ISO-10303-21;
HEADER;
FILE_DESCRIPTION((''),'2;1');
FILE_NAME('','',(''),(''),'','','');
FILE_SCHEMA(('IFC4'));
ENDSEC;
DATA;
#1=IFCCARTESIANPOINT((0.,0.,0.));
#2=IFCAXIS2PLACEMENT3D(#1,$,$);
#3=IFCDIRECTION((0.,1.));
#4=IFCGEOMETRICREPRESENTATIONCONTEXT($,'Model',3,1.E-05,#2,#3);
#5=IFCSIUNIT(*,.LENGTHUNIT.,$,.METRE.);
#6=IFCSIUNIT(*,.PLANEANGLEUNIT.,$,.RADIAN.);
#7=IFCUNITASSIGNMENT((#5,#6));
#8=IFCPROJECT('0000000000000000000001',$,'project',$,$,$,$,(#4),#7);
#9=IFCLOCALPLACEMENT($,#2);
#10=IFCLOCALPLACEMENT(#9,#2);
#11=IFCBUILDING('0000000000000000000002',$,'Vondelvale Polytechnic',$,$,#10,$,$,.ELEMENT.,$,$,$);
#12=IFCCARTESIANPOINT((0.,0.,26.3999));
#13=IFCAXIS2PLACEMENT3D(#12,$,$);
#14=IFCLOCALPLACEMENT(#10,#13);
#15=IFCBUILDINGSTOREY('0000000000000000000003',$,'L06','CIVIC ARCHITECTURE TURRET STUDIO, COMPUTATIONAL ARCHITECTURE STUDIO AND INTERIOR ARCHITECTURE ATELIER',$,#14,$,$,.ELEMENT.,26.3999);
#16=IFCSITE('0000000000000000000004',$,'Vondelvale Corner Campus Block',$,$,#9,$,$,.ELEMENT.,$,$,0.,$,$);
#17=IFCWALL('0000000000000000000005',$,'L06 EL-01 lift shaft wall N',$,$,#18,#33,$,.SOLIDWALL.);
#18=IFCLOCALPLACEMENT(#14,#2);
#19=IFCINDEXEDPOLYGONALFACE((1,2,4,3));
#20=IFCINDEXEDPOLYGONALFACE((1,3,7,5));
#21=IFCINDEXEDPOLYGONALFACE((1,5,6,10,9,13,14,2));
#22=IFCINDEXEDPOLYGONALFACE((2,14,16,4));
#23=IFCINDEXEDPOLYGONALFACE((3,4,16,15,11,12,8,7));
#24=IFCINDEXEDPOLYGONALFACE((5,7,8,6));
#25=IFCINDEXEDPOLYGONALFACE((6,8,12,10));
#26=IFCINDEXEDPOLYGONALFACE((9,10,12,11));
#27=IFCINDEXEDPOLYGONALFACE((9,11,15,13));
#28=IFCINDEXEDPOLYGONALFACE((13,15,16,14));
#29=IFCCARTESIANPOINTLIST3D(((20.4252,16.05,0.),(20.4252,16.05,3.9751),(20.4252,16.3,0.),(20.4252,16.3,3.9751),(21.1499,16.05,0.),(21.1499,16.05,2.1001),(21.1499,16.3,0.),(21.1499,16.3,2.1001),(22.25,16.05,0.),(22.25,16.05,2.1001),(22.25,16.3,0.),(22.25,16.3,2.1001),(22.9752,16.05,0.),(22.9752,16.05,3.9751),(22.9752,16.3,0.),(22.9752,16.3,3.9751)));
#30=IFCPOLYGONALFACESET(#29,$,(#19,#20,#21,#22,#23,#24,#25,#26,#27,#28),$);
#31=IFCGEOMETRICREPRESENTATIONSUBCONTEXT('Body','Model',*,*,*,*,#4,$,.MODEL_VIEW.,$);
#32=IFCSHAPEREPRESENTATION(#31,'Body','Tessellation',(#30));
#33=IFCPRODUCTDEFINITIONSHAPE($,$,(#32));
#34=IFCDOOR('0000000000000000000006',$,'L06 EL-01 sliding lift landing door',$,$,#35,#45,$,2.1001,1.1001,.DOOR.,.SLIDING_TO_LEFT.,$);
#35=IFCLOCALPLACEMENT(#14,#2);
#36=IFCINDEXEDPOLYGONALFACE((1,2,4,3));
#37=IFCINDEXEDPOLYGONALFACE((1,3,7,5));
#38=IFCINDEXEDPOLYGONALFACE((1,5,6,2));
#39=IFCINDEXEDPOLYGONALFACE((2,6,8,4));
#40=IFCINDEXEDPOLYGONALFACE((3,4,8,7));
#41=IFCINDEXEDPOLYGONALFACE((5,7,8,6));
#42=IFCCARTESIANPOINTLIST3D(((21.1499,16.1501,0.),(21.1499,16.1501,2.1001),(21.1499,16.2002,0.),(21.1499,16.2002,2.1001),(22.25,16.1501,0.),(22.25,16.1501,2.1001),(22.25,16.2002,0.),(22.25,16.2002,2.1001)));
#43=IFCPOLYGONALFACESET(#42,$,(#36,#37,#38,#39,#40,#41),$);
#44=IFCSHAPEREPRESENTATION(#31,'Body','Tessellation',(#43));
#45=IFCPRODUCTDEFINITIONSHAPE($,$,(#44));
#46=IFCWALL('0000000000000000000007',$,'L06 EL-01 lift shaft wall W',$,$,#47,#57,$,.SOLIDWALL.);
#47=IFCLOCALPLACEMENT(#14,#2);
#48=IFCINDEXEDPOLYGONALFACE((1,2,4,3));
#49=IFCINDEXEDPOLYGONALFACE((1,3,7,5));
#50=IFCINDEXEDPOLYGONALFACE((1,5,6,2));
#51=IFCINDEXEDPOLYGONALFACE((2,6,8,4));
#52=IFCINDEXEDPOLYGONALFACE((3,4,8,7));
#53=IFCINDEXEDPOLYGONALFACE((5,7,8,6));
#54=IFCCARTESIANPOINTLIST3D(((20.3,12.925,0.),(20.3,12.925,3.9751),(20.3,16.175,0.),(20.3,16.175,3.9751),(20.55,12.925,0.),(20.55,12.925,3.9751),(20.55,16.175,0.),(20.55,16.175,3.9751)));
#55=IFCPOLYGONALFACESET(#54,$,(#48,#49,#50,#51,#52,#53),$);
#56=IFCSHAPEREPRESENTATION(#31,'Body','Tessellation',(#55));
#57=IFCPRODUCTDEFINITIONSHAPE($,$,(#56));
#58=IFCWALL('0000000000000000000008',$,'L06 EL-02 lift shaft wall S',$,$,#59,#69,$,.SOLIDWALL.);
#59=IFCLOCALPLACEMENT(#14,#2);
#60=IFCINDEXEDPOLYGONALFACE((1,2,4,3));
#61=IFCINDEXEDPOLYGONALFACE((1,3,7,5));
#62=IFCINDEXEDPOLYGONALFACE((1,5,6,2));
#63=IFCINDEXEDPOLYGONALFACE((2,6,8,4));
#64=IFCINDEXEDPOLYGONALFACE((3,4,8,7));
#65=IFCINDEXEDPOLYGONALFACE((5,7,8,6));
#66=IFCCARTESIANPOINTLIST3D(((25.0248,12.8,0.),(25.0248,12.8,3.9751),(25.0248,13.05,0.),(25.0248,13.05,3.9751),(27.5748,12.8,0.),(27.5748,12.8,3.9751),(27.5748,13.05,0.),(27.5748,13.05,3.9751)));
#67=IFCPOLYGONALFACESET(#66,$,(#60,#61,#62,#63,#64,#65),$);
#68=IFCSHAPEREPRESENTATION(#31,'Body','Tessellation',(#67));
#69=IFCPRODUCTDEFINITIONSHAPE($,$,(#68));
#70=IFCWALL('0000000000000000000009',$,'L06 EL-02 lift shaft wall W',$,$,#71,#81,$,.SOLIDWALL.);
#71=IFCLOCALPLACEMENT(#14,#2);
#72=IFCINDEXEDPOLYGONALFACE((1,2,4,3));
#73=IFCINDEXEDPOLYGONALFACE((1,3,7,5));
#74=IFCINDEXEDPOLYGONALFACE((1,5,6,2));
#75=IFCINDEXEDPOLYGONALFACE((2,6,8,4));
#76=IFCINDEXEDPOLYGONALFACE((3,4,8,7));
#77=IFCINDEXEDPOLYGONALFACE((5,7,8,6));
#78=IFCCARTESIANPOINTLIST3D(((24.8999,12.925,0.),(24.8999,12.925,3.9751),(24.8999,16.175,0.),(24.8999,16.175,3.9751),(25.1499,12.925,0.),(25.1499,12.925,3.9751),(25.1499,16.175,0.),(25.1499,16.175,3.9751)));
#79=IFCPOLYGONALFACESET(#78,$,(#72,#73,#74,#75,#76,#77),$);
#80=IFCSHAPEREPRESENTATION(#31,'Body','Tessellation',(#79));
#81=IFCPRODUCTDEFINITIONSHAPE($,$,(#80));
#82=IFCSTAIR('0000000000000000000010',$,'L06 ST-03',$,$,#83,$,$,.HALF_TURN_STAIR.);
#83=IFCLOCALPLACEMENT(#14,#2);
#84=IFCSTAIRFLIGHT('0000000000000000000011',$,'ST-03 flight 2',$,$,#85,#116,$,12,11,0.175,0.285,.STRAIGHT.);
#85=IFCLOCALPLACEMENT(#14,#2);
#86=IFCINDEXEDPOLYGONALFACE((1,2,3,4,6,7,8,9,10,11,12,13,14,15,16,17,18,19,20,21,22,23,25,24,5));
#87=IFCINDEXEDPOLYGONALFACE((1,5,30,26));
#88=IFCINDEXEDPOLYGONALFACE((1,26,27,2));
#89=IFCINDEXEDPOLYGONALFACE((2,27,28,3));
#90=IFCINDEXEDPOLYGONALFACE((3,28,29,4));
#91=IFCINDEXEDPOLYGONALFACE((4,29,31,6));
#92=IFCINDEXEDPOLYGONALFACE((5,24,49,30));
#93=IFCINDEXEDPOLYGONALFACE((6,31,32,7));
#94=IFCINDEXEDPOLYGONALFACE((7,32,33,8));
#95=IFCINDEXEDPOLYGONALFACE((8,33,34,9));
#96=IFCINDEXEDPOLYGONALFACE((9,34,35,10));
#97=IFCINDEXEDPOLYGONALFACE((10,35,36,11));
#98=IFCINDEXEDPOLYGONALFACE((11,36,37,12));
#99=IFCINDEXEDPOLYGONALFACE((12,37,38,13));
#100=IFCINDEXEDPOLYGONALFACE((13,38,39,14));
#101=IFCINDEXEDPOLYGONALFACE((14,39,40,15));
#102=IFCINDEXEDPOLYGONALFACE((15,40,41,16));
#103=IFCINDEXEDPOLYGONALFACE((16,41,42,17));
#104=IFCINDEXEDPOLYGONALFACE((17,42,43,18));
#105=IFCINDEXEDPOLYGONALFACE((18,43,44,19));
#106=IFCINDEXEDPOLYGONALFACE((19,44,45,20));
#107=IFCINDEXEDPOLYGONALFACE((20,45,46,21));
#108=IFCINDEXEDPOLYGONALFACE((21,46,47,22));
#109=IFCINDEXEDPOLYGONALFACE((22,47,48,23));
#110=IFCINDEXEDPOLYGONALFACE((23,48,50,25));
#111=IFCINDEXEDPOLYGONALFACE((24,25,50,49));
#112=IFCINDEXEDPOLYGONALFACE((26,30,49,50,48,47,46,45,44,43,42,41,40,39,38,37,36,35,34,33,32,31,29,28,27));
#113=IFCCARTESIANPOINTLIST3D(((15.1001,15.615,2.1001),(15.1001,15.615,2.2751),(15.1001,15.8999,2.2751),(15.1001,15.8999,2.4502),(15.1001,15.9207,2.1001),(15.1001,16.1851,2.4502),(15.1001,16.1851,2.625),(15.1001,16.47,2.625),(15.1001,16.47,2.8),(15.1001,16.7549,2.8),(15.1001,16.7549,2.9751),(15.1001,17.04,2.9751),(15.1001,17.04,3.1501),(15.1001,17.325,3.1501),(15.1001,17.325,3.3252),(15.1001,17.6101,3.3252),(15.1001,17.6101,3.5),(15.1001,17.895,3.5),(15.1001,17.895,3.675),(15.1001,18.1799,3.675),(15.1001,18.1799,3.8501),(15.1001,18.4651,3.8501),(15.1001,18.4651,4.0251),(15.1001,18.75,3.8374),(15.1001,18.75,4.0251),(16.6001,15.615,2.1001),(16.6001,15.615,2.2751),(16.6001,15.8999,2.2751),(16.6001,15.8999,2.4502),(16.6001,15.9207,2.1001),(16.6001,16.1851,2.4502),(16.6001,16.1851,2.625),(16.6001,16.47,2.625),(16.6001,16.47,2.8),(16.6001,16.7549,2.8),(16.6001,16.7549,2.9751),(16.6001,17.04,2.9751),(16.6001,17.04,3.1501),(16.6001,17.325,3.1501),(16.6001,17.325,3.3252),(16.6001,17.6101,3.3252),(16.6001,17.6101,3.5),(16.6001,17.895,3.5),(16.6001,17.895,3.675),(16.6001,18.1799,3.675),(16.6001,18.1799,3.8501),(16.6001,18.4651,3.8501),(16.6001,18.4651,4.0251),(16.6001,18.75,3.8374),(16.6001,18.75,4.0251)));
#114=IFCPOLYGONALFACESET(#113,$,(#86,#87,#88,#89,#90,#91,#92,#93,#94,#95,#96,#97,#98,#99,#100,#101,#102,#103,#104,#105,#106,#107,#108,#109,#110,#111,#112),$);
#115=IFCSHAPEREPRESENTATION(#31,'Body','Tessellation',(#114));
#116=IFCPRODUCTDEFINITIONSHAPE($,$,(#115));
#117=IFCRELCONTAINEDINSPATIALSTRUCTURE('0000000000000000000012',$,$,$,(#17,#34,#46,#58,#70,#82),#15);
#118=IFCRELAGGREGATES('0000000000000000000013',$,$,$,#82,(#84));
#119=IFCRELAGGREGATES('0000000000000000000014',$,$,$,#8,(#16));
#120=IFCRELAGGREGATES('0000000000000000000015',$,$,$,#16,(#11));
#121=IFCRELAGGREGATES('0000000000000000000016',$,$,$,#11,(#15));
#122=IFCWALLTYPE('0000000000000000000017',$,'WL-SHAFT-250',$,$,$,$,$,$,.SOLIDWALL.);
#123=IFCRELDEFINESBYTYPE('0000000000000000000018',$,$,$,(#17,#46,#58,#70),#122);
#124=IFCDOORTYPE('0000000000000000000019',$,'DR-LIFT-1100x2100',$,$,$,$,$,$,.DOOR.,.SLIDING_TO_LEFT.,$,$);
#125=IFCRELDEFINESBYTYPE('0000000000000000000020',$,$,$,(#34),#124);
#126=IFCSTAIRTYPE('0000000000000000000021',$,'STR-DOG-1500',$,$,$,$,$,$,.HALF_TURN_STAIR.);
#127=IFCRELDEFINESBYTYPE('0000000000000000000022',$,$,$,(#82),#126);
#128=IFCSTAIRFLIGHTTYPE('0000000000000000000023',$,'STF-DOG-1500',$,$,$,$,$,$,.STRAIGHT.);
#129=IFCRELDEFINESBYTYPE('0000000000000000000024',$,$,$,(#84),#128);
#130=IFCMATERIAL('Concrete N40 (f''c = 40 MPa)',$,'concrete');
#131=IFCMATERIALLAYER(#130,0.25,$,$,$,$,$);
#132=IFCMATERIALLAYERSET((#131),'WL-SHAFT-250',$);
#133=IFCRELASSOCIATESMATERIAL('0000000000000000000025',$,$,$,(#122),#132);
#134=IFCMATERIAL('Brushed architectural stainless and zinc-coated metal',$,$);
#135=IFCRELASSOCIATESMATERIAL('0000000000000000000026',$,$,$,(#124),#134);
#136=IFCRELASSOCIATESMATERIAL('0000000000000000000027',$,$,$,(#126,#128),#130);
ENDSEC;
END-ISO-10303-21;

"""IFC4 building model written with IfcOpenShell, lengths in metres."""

from ifc_helpers import new_model, si_unit, direction, frame, frame_2d, origin, place, context, subcontext, project, spatial, polyline, rectangle, outline, extrude, material, layer, layer_set, type_object, element, fill, aggregate, save


model = new_model("IFC4")

# Units and contexts
model_context = context("Model", 3, precision=1e-05, world=origin(), true_north=direction((0.0, 1.0)))
body_context = subcontext(model_context, "Body", "Model", "MODEL_VIEW")
ifc_project = project(units=[si_unit("LENGTHUNIT", "METRE"), si_unit("PLANEANGLEUNIT", "RADIAN")], contexts=[model_context])

# Site, building, storey
site_placement = place(None, origin())
site = spatial("IfcSite", under=ifc_project, at=site_placement, Name="Vondelvale Corner Campus Block", CompositionType="ELEMENT", RefElevation=0.0)
building_placement = place(site_placement, origin())
building = spatial("IfcBuilding", under=site, at=building_placement, Name="Vondelvale Polytechnic", CompositionType="ELEMENT")
storey_placement = place(building_placement, frame((0.0, 0.0, 26.3999)))
storey = spatial("IfcBuildingStorey", under=building, at=storey_placement, Name="L06", Description="CIVIC ARCHITECTURE TURRET STUDIO, COMPUTATIONAL ARCHITECTURE STUDIO AND INTERIOR ARCHITECTURE ATELIER", CompositionType="ELEMENT", Elevation=26.3999)

# Shared definitions
ifc_material_1 = material(Name="Concrete N40 (f'c = 40 MPa)", Category="concrete")

# Shared definitions
ifc_material_2 = material(Name="Brushed architectural stainless and zinc-coated metal")

# Shared definitions
ifc_layer_1 = layer(ifc_material_1, 0.25)
ifc_layer_set_1 = layer_set([ifc_layer_1], Name="WL-SHAFT-250")
wall_type_1 = type_object("IfcWallType", Name="WL-SHAFT-250", PredefinedType="SOLIDWALL", material=ifc_layer_set_1)

# Wall, opening, door
wall_1_placement = place(storey_placement, frame((22.9751, 16.175, 0.0), z_axis=(0.0, 0.0, 1.0), x_axis=(-1.0, 0.0, 0.0)))
wall_1 = element("IfcWall", 1, at=wall_1_placement, inside=storey, type_object=wall_type_1, Name="L06 EL-01 lift shaft wall N", PredefinedType="SOLIDWALL", context=body_context, shape_type="SweptSolid", body=[
    extrude(rectangle(XDim=2.55, YDim=0.25, at=frame_2d((1.2749, 0.0))), origin(), (0.0, 0.0, 1.0), 3.9751),
])
opening_1_placement = place(wall_1_placement, frame((0.7251, 0.0, 0.0)))
opening_1 = element("IfcOpeningElement", 2, at=opening_1_placement, cuts=wall_1, PredefinedType="OPENING", context=body_context, shape_type="SweptSolid", body=[
    extrude(rectangle(XDim=1.1001, YDim=2.1001, at=frame_2d((0.55, 1.05))), frame((0.0, 0.135, 0.0), z_axis=(0.0, -1.0, 0.0), x_axis=(1.0, 0.0, 0.0)), (0.0, 0.0, 1.0), 0.27),
])
door_type_1 = type_object("IfcDoorType", Name="DR-LIFT-1100x2100", OperationType="SLIDING_TO_LEFT", PredefinedType="DOOR", material=ifc_material_2)
door_1_placement = place(opening_1_placement, origin())
door_1 = element("IfcDoor", 3, at=door_1_placement, inside=storey, type_object=door_type_1, Name="L06 EL-01 sliding lift landing door", OperationType="SLIDING_TO_LEFT", OverallHeight=2.1001, OverallWidth=1.1001, PredefinedType="DOOR", context=body_context, shape_type="SweptSolid", body=[
    extrude(rectangle(XDim=1.1001, YDim=2.1001, at=frame_2d((0.55, 1.05))), frame((0.0, 0.0249, 0.0), z_axis=(0.0, -1.0, 0.0), x_axis=(1.0, 0.0, 0.0)), (0.0, 0.0, 1.0), 0.05),
])
fill(opening_1, door_1)

# Walls
wall_2_placement = place(storey_placement, frame((20.425, 16.175, 0.0), z_axis=(0.0, 0.0, 1.0), x_axis=(0.0, -1.0, 0.0)))
element("IfcWall", 4, at=wall_2_placement, inside=storey, type_object=wall_type_1, Name="L06 EL-01 lift shaft wall W", PredefinedType="SOLIDWALL", context=body_context, shape_type="SweptSolid", body=[
    extrude(rectangle(XDim=3.25, YDim=0.25, at=frame_2d((1.625, 0.0))), origin(), (0.0, 0.0, 1.0), 3.9751),
])
wall_3_placement = place(storey_placement, frame((25.0249, 12.925, 0.0), z_axis=(0.0, 0.0, 1.0), x_axis=(1.0, 0.0, 0.0)))
element("IfcWall", 5, at=wall_3_placement, inside=storey, type_object=wall_type_1, Name="L06 EL-02 lift shaft wall S", PredefinedType="SOLIDWALL", context=body_context, shape_type="SweptSolid", body=[
    extrude(rectangle(XDim=2.55, YDim=0.25, at=frame_2d((1.2749, 0.0))), origin(), (0.0, 0.0, 1.0), 3.9751),
])
wall_4_placement = place(storey_placement, frame((25.0249, 16.175, 0.0), z_axis=(0.0, 0.0, 1.0), x_axis=(0.0, -1.0, 0.0)))
element("IfcWall", 6, at=wall_4_placement, inside=storey, type_object=wall_type_1, Name="L06 EL-02 lift shaft wall W", PredefinedType="SOLIDWALL", context=body_context, shape_type="SweptSolid", body=[
    extrude(rectangle(XDim=3.25, YDim=0.25, at=frame_2d((1.625, 0.0))), origin(), (0.0, 0.0, 1.0), 3.9751),
])

# Stair, stair flight
stair_type = type_object("IfcStairType", Name="STR-DOG-1500", PredefinedType="HALF_TURN_STAIR", material=ifc_material_1)
stair_placement = place(storey_placement, origin())
stair = element("IfcStair", 7, at=stair_placement, inside=storey, type_object=stair_type, Name="L06 ST-03", PredefinedType="HALF_TURN_STAIR")
stair_flight_type = type_object("IfcStairFlightType", Name="STF-DOG-1500", PredefinedType="STRAIGHT", material=ifc_material_1)
stair_flight_placement = place(storey_placement, frame((15.8501, 15.615, 2.1001), z_axis=(0.0, 0.0, 1.0), x_axis=(0.0, 1.0, 0.0)))
stair_flight = element("IfcStairFlight", 8, at=stair_flight_placement, type_object=stair_flight_type, Name="ST-03 flight 2", NumberOfRisers=12, NumberOfTreads=11, PredefinedType="STRAIGHT", RiserHeight=0.175, TreadLength=0.285, context=body_context, shape_type="SweptSolid", body=[
    extrude(outline(polyline([(0.0, 0.0), (0.0, 0.175), (0.2849, 0.175), (0.2849, 0.3501), (0.5701, 0.3501), (0.5701, 0.5249), (0.855, 0.5249), (0.855, 0.7), (1.1399, 0.7), (1.1399, 0.875), (1.425, 0.875), (1.425, 1.05), (1.71, 1.05), (1.71, 1.2251), (1.9951, 1.2251), (1.9951, 1.3999), (2.28, 1.3999), (2.28, 1.575), (2.5649, 1.575), (2.5649, 1.75), (2.8501, 1.75), (2.8501, 1.925), (3.135, 1.925), (3.135, 2.1001), (3.135, 1.7373), (0.3057, 0.0), (0.0, 0.0)])), frame((0.0, 0.75, 0.0), z_axis=(0.0, -1.0, 0.0), x_axis=(1.0, 0.0, 0.0)), (0.0, 0.0, 1.0), 1.5),
])
aggregate(stair, [stair_flight])

save(model, "model.ifc")
